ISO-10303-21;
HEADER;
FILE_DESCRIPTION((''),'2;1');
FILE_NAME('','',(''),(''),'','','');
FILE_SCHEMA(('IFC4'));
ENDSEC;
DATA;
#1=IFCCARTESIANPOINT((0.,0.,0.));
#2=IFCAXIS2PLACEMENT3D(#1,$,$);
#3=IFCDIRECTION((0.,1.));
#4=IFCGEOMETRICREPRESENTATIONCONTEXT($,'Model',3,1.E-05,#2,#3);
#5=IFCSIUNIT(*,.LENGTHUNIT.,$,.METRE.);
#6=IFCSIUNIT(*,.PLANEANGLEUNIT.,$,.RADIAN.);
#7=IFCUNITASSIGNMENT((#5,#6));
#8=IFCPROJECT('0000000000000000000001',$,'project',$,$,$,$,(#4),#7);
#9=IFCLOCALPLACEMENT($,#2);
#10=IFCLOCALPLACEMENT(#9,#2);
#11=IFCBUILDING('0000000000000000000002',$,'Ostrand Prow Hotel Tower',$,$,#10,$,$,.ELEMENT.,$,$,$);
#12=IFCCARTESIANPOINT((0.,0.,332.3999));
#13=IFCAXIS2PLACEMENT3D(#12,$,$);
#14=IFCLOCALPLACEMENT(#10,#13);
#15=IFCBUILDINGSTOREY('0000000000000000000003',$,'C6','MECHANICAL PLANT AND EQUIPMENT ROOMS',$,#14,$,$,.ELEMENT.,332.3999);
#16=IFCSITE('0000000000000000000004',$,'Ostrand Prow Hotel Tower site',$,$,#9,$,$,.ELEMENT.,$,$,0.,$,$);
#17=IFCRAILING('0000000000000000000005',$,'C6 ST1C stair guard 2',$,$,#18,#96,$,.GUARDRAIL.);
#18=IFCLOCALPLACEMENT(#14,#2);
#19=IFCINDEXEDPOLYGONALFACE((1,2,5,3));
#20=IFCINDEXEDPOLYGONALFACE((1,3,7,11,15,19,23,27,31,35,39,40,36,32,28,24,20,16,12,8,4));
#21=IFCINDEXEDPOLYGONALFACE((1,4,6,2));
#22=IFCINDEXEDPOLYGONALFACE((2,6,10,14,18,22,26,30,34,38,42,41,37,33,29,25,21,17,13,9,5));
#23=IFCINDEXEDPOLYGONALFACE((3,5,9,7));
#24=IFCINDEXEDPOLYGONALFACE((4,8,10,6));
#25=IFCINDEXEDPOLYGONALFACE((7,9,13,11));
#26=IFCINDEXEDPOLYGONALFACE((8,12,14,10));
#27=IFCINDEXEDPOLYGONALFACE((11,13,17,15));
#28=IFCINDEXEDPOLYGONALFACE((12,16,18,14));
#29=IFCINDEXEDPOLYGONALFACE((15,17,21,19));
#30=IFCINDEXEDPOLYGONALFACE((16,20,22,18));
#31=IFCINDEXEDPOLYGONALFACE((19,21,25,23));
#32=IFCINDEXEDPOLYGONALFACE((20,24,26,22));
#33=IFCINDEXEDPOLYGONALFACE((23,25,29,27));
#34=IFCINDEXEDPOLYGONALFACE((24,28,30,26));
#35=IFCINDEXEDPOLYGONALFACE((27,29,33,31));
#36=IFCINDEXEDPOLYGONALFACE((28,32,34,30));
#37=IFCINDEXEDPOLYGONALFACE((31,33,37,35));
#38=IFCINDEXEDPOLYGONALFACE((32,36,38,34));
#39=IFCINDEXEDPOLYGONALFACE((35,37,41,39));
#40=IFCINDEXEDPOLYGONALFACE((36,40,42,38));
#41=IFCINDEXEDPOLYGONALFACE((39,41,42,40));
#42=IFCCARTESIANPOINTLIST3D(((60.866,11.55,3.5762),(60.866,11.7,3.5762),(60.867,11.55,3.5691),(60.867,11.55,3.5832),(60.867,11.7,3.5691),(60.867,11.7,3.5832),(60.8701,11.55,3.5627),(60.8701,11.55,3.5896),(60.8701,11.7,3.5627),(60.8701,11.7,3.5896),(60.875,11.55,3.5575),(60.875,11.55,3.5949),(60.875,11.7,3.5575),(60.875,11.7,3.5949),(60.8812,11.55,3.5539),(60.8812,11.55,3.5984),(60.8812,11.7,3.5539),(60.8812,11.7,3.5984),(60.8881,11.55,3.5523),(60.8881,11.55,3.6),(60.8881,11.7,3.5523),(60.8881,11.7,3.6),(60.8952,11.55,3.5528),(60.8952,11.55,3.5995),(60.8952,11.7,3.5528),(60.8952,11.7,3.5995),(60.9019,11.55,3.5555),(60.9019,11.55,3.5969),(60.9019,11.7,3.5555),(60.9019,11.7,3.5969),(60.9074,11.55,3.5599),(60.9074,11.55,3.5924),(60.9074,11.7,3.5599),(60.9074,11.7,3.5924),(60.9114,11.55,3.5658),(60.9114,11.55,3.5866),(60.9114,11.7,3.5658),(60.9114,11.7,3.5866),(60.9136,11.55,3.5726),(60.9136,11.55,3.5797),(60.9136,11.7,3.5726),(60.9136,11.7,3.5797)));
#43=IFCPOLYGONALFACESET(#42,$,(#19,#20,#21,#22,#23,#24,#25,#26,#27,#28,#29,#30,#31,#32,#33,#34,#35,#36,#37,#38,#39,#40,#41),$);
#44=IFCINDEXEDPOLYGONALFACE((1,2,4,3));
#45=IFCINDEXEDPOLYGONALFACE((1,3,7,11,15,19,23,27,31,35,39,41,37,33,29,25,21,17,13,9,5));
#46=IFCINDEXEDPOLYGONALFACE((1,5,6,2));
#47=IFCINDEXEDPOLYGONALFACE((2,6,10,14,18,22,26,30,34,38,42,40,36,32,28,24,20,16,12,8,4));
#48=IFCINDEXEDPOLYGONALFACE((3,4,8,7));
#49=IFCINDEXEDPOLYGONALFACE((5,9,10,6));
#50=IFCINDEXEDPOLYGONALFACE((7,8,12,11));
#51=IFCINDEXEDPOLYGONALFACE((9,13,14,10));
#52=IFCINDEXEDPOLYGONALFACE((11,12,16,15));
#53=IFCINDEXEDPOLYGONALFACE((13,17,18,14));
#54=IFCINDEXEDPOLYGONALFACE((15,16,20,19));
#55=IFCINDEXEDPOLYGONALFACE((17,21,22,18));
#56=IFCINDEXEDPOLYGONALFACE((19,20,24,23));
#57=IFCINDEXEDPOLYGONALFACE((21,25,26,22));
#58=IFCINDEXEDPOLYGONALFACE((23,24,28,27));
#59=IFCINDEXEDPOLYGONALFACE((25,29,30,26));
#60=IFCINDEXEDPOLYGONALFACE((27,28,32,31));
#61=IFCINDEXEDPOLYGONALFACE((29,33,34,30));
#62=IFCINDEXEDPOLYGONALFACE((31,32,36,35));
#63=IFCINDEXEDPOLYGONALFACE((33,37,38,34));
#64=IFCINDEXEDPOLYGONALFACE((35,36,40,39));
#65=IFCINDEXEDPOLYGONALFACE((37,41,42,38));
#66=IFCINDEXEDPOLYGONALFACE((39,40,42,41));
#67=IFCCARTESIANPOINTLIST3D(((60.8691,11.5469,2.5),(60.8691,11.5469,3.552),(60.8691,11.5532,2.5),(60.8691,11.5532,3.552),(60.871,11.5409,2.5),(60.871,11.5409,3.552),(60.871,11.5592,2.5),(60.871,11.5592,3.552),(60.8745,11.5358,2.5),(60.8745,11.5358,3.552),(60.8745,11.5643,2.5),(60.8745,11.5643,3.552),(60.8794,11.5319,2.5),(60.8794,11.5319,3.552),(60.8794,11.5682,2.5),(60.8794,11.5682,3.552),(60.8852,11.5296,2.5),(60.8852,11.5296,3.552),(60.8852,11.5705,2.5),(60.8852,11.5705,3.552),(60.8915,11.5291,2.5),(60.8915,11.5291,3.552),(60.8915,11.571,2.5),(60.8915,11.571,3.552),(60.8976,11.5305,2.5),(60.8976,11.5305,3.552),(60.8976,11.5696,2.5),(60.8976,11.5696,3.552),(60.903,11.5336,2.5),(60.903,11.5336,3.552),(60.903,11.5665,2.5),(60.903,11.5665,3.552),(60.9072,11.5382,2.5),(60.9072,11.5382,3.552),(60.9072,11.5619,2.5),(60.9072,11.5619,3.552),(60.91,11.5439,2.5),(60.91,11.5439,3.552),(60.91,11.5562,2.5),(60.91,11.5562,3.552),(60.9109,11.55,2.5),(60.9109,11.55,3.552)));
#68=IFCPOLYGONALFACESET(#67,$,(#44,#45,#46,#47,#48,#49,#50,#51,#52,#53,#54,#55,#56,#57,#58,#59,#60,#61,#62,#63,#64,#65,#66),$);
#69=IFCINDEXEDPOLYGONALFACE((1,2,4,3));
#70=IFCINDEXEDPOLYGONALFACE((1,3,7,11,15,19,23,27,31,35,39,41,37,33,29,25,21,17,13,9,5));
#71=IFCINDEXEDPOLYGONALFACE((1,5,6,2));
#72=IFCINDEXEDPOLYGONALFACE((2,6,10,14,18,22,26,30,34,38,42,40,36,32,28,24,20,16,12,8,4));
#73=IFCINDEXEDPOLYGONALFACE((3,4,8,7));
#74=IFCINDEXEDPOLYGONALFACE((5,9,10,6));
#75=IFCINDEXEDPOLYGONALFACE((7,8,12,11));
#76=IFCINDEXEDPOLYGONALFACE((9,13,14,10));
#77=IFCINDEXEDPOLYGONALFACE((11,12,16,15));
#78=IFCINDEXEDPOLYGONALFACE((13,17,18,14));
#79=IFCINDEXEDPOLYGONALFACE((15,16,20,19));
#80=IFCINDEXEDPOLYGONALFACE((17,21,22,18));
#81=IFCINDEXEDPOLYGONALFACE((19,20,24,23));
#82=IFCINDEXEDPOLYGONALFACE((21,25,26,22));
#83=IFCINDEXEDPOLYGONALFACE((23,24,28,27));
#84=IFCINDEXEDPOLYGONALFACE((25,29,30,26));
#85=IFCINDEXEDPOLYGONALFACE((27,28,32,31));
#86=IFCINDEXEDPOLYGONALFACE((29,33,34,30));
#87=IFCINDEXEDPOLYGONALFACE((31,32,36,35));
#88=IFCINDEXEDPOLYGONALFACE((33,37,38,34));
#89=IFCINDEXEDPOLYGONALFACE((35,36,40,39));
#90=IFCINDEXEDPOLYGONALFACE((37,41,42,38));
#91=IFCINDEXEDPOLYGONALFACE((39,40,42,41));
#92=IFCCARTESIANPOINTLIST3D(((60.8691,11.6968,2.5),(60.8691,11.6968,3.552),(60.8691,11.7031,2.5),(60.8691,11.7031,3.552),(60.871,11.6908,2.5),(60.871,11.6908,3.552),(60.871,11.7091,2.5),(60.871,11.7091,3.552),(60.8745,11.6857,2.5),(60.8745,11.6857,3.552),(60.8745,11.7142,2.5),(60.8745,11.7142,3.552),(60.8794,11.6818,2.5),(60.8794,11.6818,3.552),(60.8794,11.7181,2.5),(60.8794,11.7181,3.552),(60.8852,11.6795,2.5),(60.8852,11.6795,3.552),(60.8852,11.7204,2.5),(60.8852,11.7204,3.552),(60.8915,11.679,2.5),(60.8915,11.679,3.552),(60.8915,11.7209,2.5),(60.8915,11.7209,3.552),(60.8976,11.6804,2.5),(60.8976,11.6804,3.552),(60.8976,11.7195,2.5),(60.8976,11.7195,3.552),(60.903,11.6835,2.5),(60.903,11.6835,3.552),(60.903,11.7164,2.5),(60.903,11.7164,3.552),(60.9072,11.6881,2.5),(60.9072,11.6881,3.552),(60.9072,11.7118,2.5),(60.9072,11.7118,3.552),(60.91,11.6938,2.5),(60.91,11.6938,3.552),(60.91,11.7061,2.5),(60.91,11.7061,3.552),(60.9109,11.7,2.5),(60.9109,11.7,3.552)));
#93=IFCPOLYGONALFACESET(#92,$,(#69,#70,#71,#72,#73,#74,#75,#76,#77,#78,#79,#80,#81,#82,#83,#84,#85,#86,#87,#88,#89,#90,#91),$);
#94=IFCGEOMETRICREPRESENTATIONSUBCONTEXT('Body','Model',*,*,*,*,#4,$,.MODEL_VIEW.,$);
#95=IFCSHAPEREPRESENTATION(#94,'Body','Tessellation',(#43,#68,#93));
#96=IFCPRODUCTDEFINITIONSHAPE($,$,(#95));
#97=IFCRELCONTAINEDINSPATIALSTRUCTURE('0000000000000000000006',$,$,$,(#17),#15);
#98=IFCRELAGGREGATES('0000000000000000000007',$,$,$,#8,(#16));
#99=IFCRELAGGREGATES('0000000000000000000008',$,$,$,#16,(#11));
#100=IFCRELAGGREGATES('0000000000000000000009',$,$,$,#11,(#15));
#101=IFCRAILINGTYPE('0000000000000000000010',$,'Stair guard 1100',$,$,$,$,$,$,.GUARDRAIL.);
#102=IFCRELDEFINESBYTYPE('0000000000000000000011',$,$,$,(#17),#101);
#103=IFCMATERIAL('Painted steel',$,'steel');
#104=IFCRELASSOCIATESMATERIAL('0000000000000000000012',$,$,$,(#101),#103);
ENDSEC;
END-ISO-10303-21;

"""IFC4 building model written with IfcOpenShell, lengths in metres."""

from ifc_helpers import new_model, si_unit, direction, frame, origin, origin_2d, place, context, subcontext, project, spatial, circle, extrude, material, type_object, element, save


model = new_model("IFC4")

# Units and contexts
model_context = context("Model", 3, precision=1e-05, world=origin(), true_north=direction((0.0, 1.0)))
body_context = subcontext(model_context, "Body", "Model", "MODEL_VIEW")
ifc_project = project(units=[si_unit("LENGTHUNIT", "METRE"), si_unit("PLANEANGLEUNIT", "RADIAN")], contexts=[model_context])

# Site, building, storey
site_placement = place(None, origin())
site = spatial("IfcSite", under=ifc_project, at=site_placement, Name="Ostrand Prow Hotel Tower site", CompositionType="ELEMENT", RefElevation=0.0)
building_placement = place(site_placement, origin())
building = spatial("IfcBuilding", under=site, at=building_placement, Name="Ostrand Prow Hotel Tower", CompositionType="ELEMENT")
storey_placement = place(building_placement, frame((0.0, 0.0, 332.3999)))
storey = spatial("IfcBuildingStorey", under=building, at=storey_placement, Name="C6", Description="MECHANICAL PLANT AND EQUIPMENT ROOMS", CompositionType="ELEMENT", Elevation=332.3999)

# Railing
ifc_material_1 = material(Name="Painted steel", Category="steel")
railing_type_1 = type_object("IfcRailingType", Name="Stair guard 1100", PredefinedType="GUARDRAIL", material=ifc_material_1)
railing_1_placement = place(storey_placement, frame((60.8899, 11.55, 2.5)))
element("IfcRailing", 1, at=railing_1_placement, inside=storey, type_object=railing_type_1, Name="C6 ST1C stair guard 2", PredefinedType="GUARDRAIL", context=body_context, shape_type="SweptSolid", body=[
    extrude(circle(Radius=0.0239, at=origin_2d()), frame((0.0, 0.0, 1.0762), z_axis=(0.0, 1.0, 0.0), x_axis=(-1.0, 0.0, 0.0)), (0.0, 0.0, 1.0), 0.1499),
    extrude(circle(Radius=0.021, at=origin_2d()), origin(), (0.0, 0.0, 1.0), 1.052),
    extrude(circle(Radius=0.021, at=origin_2d()), frame((0.0, 0.1499, 0.0)), (0.0, 0.0, 1.0), 1.052),
])

save(model, "model.ifc")
